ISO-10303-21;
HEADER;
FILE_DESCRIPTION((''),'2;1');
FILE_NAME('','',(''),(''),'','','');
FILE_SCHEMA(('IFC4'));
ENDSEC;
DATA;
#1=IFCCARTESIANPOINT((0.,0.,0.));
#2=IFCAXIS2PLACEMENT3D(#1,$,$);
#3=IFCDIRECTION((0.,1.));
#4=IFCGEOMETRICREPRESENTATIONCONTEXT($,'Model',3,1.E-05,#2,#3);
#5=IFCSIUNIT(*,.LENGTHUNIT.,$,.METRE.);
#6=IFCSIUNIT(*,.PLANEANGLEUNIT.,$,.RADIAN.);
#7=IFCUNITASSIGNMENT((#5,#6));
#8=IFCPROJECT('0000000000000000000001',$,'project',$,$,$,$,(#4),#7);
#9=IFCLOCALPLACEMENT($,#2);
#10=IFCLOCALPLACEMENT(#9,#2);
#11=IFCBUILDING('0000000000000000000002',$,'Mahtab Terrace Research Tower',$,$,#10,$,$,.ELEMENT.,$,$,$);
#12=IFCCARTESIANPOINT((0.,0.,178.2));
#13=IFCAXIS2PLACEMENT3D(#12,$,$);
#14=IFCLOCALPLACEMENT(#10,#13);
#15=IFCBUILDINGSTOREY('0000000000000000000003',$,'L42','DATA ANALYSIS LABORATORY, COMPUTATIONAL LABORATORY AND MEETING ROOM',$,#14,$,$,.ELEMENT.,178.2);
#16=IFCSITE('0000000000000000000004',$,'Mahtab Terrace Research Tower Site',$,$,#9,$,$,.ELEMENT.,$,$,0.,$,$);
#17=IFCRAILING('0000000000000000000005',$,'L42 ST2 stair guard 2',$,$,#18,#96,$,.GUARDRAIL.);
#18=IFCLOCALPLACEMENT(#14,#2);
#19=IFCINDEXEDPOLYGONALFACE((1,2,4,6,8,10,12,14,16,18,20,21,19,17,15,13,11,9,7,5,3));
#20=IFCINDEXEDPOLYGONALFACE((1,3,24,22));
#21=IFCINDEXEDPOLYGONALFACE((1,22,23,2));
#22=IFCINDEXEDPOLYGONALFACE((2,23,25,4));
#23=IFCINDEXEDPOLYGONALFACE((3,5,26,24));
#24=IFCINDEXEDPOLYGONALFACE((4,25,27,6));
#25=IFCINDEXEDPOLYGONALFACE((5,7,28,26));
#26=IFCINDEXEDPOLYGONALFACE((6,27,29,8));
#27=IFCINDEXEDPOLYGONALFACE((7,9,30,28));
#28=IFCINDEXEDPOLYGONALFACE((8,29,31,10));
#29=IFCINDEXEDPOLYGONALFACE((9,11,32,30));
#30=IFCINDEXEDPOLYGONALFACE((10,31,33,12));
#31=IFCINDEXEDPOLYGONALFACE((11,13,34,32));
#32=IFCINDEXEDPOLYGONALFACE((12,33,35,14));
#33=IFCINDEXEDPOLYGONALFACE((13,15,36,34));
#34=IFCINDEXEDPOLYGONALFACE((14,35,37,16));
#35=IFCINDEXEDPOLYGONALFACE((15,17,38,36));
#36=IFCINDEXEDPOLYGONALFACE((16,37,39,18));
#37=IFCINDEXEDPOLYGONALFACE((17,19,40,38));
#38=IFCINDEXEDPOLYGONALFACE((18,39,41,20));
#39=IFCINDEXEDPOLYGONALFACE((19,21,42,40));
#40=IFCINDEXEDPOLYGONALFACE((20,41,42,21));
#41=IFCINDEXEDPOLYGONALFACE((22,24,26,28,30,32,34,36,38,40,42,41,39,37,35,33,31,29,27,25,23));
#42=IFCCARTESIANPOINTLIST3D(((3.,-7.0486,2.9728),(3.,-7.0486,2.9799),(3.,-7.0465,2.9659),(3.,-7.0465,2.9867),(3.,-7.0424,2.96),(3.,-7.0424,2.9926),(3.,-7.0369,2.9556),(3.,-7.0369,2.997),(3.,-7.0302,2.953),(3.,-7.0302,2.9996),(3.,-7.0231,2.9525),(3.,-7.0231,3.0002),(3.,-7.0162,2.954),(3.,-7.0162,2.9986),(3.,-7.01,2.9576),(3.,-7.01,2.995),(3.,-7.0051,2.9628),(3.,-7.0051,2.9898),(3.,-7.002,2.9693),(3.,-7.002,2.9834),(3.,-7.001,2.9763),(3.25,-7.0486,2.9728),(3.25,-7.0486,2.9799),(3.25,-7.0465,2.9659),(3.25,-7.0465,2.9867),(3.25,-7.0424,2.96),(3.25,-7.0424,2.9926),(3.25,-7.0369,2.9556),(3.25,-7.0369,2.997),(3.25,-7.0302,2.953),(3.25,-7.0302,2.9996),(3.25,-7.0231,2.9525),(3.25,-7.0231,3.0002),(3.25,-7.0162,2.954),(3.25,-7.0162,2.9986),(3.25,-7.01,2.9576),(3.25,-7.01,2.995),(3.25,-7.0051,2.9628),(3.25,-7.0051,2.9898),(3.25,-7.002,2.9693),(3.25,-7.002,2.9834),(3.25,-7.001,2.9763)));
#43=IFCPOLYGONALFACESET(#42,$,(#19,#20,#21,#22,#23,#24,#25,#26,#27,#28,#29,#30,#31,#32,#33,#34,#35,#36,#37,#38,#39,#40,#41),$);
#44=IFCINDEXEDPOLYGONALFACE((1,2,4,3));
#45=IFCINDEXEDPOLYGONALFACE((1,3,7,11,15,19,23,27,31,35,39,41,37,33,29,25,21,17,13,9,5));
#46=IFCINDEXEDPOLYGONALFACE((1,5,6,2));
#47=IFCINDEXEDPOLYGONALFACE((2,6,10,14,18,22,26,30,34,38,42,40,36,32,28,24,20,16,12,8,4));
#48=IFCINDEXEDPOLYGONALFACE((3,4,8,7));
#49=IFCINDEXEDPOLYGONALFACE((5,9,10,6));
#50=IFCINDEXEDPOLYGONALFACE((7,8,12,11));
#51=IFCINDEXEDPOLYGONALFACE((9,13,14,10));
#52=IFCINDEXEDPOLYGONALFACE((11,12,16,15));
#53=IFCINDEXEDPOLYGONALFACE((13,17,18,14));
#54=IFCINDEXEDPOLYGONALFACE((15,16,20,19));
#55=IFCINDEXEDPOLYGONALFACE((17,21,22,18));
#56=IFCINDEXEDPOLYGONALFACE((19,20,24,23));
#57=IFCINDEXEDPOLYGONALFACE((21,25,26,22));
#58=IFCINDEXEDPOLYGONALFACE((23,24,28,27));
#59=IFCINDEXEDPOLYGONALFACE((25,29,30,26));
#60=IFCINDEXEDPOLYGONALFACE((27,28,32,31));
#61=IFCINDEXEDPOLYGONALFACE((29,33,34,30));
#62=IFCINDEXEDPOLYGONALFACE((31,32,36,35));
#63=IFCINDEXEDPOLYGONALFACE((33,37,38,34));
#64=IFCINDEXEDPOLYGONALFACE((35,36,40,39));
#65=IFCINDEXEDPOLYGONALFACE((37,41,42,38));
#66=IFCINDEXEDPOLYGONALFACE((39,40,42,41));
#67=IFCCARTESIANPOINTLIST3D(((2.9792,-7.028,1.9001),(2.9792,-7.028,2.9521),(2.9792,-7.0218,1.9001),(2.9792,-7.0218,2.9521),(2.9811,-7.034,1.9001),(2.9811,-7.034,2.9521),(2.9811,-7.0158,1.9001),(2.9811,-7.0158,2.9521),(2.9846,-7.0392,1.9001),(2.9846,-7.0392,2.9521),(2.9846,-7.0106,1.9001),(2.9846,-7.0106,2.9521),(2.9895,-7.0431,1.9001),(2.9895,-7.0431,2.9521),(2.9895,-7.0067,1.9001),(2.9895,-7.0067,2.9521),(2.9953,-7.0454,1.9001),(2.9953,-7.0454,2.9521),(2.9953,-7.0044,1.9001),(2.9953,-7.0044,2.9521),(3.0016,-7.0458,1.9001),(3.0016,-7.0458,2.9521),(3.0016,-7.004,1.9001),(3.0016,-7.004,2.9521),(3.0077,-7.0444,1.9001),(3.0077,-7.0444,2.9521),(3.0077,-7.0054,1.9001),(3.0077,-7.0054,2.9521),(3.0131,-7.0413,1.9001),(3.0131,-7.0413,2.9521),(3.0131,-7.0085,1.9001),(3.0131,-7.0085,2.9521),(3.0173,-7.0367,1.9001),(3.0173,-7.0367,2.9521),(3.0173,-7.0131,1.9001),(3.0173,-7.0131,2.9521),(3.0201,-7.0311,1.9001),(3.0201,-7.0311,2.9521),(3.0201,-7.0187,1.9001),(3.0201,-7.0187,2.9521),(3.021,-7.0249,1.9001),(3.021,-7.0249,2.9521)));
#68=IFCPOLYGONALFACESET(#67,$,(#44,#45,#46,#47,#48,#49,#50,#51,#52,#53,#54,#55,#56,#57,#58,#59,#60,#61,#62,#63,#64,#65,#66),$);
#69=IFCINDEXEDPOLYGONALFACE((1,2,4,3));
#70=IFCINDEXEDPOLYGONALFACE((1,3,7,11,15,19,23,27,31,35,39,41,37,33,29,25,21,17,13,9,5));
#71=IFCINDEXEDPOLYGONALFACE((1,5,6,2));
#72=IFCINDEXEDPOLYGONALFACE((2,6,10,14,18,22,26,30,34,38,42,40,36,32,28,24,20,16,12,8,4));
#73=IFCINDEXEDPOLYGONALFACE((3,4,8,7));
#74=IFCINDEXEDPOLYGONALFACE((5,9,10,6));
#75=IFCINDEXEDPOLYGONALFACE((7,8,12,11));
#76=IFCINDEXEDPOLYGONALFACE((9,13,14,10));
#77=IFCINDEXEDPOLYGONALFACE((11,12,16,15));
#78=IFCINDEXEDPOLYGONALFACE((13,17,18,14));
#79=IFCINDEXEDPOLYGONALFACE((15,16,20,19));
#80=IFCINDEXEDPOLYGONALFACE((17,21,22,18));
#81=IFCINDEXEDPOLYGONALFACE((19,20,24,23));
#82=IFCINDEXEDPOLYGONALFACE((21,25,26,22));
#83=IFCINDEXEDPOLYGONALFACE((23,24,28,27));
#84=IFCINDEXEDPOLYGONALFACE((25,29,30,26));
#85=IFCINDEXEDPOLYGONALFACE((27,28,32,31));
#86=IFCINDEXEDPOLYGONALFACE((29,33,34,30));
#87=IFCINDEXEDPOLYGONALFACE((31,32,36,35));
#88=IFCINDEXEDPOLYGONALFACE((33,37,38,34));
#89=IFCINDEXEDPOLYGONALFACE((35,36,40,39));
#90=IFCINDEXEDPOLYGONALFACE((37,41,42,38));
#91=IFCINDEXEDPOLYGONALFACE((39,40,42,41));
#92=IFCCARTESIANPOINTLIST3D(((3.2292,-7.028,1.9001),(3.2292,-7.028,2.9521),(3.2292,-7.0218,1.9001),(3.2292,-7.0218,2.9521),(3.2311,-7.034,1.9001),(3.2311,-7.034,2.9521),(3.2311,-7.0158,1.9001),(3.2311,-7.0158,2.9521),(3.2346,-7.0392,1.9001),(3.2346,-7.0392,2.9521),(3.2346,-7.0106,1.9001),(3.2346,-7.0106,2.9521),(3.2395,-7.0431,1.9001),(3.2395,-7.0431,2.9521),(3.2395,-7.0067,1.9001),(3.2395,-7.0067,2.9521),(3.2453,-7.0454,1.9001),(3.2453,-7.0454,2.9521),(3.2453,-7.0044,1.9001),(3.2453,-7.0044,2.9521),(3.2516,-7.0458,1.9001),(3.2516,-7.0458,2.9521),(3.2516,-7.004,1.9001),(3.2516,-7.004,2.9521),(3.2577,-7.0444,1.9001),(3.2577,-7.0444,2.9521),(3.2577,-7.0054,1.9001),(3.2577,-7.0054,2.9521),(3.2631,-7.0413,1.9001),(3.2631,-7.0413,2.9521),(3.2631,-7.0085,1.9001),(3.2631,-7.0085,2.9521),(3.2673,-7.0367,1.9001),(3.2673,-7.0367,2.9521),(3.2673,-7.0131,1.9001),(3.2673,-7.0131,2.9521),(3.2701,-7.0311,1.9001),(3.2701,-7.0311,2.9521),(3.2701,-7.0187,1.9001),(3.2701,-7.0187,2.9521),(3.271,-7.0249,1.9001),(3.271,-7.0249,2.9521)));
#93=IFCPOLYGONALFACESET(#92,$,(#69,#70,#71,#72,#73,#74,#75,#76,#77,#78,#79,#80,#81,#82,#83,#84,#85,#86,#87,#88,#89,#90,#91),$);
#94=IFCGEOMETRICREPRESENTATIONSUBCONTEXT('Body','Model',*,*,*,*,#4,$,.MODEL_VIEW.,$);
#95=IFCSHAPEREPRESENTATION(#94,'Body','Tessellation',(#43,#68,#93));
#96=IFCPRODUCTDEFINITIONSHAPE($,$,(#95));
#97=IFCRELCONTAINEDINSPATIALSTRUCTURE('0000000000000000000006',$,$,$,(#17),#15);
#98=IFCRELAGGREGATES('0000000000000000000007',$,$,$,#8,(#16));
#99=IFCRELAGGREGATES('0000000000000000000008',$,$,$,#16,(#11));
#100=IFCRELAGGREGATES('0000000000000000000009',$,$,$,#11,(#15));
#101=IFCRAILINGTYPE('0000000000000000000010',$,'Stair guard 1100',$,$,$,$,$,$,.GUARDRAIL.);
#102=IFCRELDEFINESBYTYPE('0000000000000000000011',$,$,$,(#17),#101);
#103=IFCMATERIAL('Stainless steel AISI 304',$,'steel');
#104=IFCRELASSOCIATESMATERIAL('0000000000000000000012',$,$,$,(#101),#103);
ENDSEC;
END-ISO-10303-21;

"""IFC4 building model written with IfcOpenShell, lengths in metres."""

from ifc_helpers import new_model, si_unit, direction, frame, origin, origin_2d, place, context, subcontext, project, spatial, circle, extrude, material, type_object, element, save


model = new_model("IFC4")

# Units and contexts
model_context = context("Model", 3, precision=1e-05, world=origin(), true_north=direction((0.0, 1.0)))
body_context = subcontext(model_context, "Body", "Model", "MODEL_VIEW")
ifc_project = project(units=[si_unit("LENGTHUNIT", "METRE"), si_unit("PLANEANGLEUNIT", "RADIAN")], contexts=[model_context])

# Site, building, storey
site_placement = place(None, origin())
site = spatial("IfcSite", under=ifc_project, at=site_placement, Name="Mahtab Terrace Research Tower Site", CompositionType="ELEMENT", RefElevation=0.0)
building_placement = place(site_placement, origin())
building = spatial("IfcBuilding", under=site, at=building_placement, Name="Mahtab Terrace Research Tower", CompositionType="ELEMENT")
storey_placement = place(building_placement, frame((0.0, 0.0, 178.2)))
storey = spatial("IfcBuildingStorey", under=building, at=storey_placement, Name="L42", Description="DATA ANALYSIS LABORATORY, COMPUTATIONAL LABORATORY AND MEETING ROOM", CompositionType="ELEMENT", Elevation=178.2)

# Railing
ifc_material_1 = material(Name="Stainless steel AISI 304", Category="steel")
railing_type_1 = type_object("IfcRailingType", Name="Stair guard 1100", PredefinedType="GUARDRAIL", material=ifc_material_1)
railing_1_placement = place(storey_placement, frame((3.0, -7.0249, 1.9001)))
element("IfcRailing", 1, at=railing_1_placement, inside=storey, type_object=railing_type_1, Name="L42 ST2 stair guard 2", PredefinedType="GUARDRAIL", context=body_context, shape_type="SweptSolid", body=[
    extrude(circle(Radius=0.0239, at=origin_2d()), frame((0.0, 0.0, 1.0762), z_axis=(1.0, 0.0, 0.0), x_axis=(0.0, 1.0, 0.0)), (0.0, 0.0, 1.0), 0.25),
    extrude(circle(Radius=0.021, at=origin_2d()), origin(), (0.0, 0.0, 1.0), 1.052),
    extrude(circle(Radius=0.021, at=origin_2d()), frame((0.25, 0.0, 0.0)), (0.0, 0.0, 1.0), 1.052),
])

save(model, "model.ifc")
